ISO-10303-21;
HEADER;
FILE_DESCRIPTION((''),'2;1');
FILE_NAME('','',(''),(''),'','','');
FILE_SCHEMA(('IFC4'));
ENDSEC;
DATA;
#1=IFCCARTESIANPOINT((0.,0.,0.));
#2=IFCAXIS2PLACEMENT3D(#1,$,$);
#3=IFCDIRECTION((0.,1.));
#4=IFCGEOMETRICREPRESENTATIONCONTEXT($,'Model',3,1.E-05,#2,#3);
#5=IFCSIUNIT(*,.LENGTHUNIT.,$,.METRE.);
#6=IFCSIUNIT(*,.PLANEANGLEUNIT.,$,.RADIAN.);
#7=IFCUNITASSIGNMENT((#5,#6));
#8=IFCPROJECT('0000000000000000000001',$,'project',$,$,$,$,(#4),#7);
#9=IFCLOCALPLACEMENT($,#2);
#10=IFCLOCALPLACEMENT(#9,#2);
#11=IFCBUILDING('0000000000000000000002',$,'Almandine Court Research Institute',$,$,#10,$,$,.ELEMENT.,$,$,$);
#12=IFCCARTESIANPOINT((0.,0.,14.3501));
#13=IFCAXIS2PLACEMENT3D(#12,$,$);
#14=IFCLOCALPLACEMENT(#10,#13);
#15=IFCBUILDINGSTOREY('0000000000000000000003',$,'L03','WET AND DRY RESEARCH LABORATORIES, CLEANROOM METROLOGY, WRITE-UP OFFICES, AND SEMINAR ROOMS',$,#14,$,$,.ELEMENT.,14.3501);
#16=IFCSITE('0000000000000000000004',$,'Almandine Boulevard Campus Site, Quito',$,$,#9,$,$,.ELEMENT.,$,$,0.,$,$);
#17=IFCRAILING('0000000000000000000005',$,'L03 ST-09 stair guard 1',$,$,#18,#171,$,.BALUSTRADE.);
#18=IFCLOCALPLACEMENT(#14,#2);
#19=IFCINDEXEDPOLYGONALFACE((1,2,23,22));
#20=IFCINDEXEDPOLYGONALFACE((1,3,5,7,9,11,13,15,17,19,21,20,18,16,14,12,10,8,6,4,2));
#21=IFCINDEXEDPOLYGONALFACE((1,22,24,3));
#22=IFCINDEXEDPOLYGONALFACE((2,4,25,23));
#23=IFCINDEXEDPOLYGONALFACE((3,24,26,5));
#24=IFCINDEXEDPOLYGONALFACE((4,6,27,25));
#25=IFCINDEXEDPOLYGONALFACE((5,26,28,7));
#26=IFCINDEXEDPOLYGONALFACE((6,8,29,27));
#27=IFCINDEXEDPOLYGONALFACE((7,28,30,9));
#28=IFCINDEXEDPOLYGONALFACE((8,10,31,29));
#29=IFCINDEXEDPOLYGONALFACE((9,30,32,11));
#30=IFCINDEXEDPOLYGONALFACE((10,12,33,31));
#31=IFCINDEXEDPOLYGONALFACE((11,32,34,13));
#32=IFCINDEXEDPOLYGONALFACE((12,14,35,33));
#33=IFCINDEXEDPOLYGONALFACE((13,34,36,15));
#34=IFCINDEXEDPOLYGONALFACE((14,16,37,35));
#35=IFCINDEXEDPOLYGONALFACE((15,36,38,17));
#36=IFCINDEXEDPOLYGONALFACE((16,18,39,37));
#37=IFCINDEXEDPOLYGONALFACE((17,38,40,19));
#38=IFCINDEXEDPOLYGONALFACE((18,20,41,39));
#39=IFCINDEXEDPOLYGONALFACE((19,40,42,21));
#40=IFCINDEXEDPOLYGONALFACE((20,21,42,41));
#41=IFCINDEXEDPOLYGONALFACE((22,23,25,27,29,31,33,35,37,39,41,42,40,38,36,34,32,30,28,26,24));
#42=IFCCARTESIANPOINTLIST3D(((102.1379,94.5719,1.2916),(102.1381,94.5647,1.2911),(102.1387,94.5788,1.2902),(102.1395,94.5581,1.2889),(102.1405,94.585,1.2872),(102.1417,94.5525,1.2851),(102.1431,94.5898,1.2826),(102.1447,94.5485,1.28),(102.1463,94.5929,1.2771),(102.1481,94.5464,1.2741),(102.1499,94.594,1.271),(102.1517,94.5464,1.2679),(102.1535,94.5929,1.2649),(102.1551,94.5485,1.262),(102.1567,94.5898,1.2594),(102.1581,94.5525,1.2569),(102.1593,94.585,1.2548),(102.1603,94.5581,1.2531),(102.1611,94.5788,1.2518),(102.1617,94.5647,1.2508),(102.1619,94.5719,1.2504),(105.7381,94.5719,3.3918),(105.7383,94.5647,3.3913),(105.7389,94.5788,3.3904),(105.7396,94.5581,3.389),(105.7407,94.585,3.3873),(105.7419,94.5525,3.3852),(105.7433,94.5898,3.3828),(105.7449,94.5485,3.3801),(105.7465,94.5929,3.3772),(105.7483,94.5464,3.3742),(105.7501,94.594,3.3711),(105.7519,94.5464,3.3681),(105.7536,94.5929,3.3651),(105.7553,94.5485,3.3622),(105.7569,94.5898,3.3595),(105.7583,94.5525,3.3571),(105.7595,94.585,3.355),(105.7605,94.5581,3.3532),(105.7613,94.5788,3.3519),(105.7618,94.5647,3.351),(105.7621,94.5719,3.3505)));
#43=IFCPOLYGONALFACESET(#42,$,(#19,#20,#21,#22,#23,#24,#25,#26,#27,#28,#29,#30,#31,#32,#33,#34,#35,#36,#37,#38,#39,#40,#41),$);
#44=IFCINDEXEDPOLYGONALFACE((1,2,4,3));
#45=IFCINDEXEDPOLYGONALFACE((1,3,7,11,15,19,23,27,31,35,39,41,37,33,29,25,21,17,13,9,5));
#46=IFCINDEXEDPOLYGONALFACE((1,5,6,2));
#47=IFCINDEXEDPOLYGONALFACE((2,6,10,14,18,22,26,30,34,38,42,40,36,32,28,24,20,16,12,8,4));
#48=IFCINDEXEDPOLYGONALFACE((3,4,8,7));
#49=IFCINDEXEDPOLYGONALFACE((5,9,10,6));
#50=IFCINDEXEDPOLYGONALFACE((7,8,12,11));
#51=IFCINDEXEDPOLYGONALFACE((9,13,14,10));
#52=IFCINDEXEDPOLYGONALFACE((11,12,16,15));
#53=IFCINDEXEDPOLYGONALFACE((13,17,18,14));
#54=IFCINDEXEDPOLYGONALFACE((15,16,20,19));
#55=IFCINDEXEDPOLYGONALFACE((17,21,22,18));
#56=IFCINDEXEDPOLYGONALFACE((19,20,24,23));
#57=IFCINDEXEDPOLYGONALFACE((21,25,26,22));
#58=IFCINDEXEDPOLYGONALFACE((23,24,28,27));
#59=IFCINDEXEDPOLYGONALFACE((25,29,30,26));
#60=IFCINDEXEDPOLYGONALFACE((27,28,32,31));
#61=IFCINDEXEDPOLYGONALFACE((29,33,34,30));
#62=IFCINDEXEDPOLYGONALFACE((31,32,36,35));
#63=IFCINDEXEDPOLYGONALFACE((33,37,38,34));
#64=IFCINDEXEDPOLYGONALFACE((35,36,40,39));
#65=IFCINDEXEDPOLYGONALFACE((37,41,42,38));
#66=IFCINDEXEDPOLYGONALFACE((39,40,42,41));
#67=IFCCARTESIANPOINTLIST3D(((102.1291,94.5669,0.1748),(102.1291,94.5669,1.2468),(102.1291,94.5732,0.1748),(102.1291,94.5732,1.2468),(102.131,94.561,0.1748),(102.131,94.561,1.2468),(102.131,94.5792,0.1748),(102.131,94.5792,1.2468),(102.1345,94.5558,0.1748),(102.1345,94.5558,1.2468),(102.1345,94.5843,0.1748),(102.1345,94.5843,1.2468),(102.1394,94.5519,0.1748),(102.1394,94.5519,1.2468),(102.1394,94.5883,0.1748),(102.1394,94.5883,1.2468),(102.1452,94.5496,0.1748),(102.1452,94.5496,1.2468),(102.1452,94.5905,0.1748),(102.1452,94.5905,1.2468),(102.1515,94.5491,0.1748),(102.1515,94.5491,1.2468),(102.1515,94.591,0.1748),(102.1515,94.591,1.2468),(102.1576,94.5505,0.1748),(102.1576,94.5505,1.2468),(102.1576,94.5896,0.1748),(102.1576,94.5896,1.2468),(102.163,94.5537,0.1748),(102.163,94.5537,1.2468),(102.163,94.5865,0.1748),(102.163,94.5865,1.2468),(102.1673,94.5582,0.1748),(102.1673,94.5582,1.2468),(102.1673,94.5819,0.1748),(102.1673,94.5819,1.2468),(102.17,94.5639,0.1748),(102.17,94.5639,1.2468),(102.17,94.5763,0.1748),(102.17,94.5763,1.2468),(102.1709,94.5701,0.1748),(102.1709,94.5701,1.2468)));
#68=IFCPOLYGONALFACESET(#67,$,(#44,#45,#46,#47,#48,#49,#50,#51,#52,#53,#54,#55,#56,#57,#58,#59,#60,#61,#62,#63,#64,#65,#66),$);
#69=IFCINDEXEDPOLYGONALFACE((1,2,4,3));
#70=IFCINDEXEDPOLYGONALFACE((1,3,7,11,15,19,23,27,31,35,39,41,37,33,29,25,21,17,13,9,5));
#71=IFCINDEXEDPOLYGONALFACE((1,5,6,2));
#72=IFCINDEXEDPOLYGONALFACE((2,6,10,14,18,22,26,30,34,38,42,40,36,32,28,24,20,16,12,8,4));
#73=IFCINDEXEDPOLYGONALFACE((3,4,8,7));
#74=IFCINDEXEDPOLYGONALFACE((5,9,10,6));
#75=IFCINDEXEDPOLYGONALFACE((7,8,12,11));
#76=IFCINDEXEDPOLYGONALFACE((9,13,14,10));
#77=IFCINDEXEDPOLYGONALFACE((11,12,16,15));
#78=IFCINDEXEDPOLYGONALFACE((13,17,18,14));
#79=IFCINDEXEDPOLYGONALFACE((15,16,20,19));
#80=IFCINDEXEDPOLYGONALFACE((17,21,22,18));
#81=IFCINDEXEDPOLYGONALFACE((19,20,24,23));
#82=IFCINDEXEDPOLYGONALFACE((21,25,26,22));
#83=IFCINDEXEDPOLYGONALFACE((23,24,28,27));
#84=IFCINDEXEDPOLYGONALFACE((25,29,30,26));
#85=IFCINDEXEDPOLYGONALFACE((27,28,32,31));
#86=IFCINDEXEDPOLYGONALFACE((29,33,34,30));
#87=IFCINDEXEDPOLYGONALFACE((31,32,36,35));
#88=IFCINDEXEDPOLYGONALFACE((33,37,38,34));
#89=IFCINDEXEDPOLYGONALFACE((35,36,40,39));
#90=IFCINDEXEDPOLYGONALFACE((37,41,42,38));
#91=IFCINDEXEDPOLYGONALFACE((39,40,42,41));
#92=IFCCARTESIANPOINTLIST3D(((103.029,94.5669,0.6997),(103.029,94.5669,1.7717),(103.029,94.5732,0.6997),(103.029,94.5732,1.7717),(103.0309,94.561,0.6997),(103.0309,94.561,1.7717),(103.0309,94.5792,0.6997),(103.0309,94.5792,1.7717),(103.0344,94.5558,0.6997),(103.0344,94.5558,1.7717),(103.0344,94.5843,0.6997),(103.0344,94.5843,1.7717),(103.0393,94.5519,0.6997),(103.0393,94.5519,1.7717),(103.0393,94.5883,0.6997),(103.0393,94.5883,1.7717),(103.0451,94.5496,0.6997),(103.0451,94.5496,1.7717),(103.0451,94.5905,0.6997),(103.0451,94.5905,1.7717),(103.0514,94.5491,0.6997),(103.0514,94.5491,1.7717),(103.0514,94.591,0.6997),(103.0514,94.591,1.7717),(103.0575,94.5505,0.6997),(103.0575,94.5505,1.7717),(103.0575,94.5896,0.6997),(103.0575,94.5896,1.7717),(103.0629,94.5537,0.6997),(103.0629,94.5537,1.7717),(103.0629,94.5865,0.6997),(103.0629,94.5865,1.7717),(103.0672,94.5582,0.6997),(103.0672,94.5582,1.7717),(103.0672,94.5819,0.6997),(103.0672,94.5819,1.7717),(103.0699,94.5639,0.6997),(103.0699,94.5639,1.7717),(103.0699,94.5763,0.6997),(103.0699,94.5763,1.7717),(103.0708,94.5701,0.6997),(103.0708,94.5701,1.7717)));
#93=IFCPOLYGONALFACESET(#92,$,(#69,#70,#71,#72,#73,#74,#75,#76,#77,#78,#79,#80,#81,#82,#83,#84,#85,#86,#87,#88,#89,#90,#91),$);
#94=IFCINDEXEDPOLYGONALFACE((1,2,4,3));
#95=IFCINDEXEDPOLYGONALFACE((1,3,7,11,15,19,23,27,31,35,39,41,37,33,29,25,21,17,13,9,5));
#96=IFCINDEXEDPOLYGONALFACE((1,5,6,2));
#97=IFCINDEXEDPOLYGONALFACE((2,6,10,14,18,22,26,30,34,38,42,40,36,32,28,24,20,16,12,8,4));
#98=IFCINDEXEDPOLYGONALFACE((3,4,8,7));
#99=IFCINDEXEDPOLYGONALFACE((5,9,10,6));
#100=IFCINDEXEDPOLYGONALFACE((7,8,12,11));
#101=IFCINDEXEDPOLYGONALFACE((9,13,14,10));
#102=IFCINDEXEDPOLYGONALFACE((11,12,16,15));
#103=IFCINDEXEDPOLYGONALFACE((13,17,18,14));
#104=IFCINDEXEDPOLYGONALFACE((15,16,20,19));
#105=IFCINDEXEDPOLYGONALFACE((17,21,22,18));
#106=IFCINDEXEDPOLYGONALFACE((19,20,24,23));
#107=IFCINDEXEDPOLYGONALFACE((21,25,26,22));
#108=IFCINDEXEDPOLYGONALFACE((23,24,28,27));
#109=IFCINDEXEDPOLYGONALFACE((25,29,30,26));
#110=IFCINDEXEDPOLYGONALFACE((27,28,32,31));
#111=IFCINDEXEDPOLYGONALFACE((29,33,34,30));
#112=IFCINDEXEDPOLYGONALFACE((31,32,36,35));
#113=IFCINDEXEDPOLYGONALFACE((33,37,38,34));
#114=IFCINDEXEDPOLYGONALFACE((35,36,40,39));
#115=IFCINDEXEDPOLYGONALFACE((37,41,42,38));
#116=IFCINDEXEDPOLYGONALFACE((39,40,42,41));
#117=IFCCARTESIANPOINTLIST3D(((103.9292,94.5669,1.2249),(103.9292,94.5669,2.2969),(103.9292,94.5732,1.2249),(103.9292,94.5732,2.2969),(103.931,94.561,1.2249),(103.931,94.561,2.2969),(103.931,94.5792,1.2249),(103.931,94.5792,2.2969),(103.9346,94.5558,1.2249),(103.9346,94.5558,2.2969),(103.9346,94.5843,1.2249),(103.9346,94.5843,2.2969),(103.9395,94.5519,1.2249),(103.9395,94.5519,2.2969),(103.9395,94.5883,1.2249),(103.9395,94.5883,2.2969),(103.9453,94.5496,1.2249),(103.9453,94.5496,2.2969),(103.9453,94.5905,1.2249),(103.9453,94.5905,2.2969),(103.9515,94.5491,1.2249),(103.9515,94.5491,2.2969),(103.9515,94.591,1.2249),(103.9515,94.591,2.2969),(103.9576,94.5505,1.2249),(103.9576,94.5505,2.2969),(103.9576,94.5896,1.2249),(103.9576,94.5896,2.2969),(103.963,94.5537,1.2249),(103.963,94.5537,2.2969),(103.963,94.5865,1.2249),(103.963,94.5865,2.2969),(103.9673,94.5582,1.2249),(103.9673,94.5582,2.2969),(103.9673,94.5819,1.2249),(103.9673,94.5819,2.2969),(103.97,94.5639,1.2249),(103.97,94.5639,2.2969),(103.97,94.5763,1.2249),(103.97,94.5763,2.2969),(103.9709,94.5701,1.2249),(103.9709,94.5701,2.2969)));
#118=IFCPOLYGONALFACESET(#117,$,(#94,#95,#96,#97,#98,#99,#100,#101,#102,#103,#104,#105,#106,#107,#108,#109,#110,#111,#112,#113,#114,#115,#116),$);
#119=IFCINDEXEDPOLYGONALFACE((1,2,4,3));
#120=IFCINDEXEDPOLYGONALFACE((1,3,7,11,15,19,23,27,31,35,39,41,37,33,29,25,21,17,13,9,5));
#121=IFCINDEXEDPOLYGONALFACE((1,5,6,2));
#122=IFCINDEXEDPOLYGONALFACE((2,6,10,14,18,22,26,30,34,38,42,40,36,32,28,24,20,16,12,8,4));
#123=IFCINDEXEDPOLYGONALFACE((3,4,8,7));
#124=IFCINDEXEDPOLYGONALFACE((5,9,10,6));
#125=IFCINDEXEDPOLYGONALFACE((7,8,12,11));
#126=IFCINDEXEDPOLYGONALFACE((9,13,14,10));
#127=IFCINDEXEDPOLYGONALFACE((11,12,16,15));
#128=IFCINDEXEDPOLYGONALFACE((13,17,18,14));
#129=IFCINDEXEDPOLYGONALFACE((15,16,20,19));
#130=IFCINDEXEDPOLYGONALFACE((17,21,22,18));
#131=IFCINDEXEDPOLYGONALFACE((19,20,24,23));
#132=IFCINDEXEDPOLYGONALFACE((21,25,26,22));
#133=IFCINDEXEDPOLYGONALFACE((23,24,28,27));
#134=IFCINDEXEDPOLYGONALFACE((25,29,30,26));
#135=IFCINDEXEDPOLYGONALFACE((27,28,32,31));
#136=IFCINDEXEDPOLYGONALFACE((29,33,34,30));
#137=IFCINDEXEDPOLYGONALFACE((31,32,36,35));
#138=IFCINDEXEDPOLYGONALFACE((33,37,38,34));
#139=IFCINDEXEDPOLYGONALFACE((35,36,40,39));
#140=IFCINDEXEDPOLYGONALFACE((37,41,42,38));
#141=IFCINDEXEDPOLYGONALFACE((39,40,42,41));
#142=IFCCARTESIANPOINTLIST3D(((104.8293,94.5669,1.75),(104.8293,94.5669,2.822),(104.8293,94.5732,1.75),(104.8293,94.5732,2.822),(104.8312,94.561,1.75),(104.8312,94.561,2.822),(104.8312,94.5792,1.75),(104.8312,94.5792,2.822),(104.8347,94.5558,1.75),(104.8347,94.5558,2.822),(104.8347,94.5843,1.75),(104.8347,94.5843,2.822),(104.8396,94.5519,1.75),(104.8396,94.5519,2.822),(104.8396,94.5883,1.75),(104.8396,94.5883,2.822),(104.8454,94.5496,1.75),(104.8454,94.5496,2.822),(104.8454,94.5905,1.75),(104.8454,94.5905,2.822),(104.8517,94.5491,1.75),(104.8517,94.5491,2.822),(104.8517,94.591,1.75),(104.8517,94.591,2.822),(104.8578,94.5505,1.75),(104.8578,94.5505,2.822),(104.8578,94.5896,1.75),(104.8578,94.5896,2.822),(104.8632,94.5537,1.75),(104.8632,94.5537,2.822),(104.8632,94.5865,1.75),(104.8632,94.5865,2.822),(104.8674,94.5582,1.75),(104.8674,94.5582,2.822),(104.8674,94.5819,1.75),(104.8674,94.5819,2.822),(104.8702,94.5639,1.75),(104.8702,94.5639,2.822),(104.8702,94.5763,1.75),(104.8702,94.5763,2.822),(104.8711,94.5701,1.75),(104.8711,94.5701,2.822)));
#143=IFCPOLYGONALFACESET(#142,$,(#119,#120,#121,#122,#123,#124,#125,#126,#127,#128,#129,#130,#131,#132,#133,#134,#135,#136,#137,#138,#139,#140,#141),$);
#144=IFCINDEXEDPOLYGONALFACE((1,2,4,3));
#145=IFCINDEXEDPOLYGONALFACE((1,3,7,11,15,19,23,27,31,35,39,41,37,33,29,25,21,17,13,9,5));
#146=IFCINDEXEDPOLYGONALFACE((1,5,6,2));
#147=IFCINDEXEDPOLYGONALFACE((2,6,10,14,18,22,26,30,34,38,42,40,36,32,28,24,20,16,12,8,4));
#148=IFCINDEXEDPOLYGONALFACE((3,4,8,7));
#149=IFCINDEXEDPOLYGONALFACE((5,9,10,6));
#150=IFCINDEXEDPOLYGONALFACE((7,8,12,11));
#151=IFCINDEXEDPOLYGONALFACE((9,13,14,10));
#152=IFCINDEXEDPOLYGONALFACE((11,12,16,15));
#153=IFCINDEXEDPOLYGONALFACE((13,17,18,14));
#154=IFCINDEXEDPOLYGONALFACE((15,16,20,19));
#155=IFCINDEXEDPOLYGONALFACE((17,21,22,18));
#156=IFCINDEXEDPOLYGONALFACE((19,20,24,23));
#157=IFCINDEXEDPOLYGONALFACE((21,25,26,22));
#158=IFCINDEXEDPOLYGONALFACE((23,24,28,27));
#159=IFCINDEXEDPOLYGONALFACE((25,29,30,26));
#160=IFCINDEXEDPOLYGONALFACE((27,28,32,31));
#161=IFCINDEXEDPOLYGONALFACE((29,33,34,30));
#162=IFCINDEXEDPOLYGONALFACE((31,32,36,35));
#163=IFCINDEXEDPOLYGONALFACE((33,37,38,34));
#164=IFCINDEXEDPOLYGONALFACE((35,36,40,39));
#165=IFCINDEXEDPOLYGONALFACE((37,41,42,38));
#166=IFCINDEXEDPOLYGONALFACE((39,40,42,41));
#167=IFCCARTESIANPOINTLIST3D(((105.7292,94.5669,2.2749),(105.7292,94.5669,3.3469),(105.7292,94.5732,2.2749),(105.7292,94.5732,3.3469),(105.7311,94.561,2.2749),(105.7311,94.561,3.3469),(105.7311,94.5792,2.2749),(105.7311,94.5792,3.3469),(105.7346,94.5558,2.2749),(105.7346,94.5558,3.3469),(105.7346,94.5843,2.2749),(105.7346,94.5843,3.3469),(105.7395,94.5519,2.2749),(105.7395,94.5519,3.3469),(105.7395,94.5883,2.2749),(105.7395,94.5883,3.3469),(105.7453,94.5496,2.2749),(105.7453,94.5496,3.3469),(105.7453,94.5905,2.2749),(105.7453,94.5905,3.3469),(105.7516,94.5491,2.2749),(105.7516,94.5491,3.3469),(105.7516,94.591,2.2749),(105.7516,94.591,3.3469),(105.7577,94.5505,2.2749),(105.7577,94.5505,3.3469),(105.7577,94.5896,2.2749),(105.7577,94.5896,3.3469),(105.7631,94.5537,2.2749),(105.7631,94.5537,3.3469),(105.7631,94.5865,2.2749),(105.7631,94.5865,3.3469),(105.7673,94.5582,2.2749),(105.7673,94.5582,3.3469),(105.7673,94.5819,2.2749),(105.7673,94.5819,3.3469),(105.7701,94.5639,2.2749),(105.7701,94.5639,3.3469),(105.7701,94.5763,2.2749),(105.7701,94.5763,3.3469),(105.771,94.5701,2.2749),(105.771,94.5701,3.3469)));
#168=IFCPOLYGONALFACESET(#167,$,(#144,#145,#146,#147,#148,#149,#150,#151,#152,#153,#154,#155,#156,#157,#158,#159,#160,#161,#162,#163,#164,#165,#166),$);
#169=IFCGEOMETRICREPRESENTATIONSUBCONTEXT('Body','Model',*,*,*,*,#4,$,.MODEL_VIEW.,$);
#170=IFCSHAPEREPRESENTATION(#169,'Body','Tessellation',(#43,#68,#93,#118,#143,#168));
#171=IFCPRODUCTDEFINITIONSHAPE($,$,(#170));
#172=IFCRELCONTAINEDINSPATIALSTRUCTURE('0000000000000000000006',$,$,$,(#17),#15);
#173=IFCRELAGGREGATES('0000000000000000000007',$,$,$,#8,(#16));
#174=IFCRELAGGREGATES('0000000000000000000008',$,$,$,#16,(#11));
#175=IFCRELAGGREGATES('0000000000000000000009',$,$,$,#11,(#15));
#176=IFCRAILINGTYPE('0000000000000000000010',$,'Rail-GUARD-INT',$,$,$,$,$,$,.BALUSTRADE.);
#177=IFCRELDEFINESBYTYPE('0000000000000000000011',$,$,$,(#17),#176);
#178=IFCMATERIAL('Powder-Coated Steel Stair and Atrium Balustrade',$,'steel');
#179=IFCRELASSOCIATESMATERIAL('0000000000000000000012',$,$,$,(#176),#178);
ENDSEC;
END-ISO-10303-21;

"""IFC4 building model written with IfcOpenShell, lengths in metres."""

from ifc_helpers import new_model, si_unit, direction, frame, origin, origin_2d, place, context, subcontext, project, spatial, circle, extrude, material, type_object, element, save


model = new_model("IFC4")

# Units and contexts
model_context = context("Model", 3, precision=1e-05, world=origin(), true_north=direction((0.0, 1.0)))
body_context = subcontext(model_context, "Body", "Model", "MODEL_VIEW")
ifc_project = project(units=[si_unit("LENGTHUNIT", "METRE"), si_unit("PLANEANGLEUNIT", "RADIAN")], contexts=[model_context])

# Site, building, storey
site_placement = place(None, origin())
site = spatial("IfcSite", under=ifc_project, at=site_placement, Name="Almandine Boulevard Campus Site, Quito", CompositionType="ELEMENT", RefElevation=0.0)
building_placement = place(site_placement, origin())
building = spatial("IfcBuilding", under=site, at=building_placement, Name="Almandine Court Research Institute", CompositionType="ELEMENT")
storey_placement = place(building_placement, frame((0.0, 0.0, 14.3501)))
storey = spatial("IfcBuildingStorey", under=building, at=storey_placement, Name="L03", Description="WET AND DRY RESEARCH LABORATORIES, CLEANROOM METROLOGY, WRITE-UP OFFICES, AND SEMINAR ROOMS", CompositionType="ELEMENT", Elevation=14.3501)

# Railing
ifc_material_1 = material(Name="Powder-Coated Steel Stair and Atrium Balustrade", Category="steel")
railing_type_1 = type_object("IfcRailingType", Name="Rail-GUARD-INT", PredefinedType="BALUSTRADE", material=ifc_material_1)
railing_1_placement = place(storey_placement, frame((102.1499, 94.5701, 0.1748)))
element("IfcRailing", 1, at=railing_1_placement, inside=storey, type_object=railing_type_1, Name="L03 ST-09 stair guard 1", PredefinedType="BALUSTRADE", context=body_context, shape_type="SweptSolid", body=[
    extrude(circle(Radius=0.0239, at=origin_2d()), frame((0.0, 0.0, 1.0962), z_axis=(0.863775, 0.0, 0.503878), x_axis=(0.0, 1.0, 0.0)), (0.0, 0.0, 1.0), 4.168),
    extrude(circle(Radius=0.021, at=origin_2d()), origin(), (0.0, 0.0, 1.0), 1.072),
    extrude(circle(Radius=0.021, at=origin_2d()), frame((0.8999, 0.0, 0.5249)), (0.0, 0.0, 1.0), 1.072),
    extrude(circle(Radius=0.021, at=origin_2d()), frame((1.8, 0.0, 1.05)), (0.0, 0.0, 1.0), 1.072),
    extrude(circle(Radius=0.021, at=origin_2d()), frame((2.7002, 0.0, 1.5752)), (0.0, 0.0, 1.0), 1.072),
    extrude(circle(Radius=0.021, at=origin_2d()), frame((3.6001, 0.0, 2.1001)), (0.0, 0.0, 1.0), 1.072),
])

save(model, "model.ifc")
